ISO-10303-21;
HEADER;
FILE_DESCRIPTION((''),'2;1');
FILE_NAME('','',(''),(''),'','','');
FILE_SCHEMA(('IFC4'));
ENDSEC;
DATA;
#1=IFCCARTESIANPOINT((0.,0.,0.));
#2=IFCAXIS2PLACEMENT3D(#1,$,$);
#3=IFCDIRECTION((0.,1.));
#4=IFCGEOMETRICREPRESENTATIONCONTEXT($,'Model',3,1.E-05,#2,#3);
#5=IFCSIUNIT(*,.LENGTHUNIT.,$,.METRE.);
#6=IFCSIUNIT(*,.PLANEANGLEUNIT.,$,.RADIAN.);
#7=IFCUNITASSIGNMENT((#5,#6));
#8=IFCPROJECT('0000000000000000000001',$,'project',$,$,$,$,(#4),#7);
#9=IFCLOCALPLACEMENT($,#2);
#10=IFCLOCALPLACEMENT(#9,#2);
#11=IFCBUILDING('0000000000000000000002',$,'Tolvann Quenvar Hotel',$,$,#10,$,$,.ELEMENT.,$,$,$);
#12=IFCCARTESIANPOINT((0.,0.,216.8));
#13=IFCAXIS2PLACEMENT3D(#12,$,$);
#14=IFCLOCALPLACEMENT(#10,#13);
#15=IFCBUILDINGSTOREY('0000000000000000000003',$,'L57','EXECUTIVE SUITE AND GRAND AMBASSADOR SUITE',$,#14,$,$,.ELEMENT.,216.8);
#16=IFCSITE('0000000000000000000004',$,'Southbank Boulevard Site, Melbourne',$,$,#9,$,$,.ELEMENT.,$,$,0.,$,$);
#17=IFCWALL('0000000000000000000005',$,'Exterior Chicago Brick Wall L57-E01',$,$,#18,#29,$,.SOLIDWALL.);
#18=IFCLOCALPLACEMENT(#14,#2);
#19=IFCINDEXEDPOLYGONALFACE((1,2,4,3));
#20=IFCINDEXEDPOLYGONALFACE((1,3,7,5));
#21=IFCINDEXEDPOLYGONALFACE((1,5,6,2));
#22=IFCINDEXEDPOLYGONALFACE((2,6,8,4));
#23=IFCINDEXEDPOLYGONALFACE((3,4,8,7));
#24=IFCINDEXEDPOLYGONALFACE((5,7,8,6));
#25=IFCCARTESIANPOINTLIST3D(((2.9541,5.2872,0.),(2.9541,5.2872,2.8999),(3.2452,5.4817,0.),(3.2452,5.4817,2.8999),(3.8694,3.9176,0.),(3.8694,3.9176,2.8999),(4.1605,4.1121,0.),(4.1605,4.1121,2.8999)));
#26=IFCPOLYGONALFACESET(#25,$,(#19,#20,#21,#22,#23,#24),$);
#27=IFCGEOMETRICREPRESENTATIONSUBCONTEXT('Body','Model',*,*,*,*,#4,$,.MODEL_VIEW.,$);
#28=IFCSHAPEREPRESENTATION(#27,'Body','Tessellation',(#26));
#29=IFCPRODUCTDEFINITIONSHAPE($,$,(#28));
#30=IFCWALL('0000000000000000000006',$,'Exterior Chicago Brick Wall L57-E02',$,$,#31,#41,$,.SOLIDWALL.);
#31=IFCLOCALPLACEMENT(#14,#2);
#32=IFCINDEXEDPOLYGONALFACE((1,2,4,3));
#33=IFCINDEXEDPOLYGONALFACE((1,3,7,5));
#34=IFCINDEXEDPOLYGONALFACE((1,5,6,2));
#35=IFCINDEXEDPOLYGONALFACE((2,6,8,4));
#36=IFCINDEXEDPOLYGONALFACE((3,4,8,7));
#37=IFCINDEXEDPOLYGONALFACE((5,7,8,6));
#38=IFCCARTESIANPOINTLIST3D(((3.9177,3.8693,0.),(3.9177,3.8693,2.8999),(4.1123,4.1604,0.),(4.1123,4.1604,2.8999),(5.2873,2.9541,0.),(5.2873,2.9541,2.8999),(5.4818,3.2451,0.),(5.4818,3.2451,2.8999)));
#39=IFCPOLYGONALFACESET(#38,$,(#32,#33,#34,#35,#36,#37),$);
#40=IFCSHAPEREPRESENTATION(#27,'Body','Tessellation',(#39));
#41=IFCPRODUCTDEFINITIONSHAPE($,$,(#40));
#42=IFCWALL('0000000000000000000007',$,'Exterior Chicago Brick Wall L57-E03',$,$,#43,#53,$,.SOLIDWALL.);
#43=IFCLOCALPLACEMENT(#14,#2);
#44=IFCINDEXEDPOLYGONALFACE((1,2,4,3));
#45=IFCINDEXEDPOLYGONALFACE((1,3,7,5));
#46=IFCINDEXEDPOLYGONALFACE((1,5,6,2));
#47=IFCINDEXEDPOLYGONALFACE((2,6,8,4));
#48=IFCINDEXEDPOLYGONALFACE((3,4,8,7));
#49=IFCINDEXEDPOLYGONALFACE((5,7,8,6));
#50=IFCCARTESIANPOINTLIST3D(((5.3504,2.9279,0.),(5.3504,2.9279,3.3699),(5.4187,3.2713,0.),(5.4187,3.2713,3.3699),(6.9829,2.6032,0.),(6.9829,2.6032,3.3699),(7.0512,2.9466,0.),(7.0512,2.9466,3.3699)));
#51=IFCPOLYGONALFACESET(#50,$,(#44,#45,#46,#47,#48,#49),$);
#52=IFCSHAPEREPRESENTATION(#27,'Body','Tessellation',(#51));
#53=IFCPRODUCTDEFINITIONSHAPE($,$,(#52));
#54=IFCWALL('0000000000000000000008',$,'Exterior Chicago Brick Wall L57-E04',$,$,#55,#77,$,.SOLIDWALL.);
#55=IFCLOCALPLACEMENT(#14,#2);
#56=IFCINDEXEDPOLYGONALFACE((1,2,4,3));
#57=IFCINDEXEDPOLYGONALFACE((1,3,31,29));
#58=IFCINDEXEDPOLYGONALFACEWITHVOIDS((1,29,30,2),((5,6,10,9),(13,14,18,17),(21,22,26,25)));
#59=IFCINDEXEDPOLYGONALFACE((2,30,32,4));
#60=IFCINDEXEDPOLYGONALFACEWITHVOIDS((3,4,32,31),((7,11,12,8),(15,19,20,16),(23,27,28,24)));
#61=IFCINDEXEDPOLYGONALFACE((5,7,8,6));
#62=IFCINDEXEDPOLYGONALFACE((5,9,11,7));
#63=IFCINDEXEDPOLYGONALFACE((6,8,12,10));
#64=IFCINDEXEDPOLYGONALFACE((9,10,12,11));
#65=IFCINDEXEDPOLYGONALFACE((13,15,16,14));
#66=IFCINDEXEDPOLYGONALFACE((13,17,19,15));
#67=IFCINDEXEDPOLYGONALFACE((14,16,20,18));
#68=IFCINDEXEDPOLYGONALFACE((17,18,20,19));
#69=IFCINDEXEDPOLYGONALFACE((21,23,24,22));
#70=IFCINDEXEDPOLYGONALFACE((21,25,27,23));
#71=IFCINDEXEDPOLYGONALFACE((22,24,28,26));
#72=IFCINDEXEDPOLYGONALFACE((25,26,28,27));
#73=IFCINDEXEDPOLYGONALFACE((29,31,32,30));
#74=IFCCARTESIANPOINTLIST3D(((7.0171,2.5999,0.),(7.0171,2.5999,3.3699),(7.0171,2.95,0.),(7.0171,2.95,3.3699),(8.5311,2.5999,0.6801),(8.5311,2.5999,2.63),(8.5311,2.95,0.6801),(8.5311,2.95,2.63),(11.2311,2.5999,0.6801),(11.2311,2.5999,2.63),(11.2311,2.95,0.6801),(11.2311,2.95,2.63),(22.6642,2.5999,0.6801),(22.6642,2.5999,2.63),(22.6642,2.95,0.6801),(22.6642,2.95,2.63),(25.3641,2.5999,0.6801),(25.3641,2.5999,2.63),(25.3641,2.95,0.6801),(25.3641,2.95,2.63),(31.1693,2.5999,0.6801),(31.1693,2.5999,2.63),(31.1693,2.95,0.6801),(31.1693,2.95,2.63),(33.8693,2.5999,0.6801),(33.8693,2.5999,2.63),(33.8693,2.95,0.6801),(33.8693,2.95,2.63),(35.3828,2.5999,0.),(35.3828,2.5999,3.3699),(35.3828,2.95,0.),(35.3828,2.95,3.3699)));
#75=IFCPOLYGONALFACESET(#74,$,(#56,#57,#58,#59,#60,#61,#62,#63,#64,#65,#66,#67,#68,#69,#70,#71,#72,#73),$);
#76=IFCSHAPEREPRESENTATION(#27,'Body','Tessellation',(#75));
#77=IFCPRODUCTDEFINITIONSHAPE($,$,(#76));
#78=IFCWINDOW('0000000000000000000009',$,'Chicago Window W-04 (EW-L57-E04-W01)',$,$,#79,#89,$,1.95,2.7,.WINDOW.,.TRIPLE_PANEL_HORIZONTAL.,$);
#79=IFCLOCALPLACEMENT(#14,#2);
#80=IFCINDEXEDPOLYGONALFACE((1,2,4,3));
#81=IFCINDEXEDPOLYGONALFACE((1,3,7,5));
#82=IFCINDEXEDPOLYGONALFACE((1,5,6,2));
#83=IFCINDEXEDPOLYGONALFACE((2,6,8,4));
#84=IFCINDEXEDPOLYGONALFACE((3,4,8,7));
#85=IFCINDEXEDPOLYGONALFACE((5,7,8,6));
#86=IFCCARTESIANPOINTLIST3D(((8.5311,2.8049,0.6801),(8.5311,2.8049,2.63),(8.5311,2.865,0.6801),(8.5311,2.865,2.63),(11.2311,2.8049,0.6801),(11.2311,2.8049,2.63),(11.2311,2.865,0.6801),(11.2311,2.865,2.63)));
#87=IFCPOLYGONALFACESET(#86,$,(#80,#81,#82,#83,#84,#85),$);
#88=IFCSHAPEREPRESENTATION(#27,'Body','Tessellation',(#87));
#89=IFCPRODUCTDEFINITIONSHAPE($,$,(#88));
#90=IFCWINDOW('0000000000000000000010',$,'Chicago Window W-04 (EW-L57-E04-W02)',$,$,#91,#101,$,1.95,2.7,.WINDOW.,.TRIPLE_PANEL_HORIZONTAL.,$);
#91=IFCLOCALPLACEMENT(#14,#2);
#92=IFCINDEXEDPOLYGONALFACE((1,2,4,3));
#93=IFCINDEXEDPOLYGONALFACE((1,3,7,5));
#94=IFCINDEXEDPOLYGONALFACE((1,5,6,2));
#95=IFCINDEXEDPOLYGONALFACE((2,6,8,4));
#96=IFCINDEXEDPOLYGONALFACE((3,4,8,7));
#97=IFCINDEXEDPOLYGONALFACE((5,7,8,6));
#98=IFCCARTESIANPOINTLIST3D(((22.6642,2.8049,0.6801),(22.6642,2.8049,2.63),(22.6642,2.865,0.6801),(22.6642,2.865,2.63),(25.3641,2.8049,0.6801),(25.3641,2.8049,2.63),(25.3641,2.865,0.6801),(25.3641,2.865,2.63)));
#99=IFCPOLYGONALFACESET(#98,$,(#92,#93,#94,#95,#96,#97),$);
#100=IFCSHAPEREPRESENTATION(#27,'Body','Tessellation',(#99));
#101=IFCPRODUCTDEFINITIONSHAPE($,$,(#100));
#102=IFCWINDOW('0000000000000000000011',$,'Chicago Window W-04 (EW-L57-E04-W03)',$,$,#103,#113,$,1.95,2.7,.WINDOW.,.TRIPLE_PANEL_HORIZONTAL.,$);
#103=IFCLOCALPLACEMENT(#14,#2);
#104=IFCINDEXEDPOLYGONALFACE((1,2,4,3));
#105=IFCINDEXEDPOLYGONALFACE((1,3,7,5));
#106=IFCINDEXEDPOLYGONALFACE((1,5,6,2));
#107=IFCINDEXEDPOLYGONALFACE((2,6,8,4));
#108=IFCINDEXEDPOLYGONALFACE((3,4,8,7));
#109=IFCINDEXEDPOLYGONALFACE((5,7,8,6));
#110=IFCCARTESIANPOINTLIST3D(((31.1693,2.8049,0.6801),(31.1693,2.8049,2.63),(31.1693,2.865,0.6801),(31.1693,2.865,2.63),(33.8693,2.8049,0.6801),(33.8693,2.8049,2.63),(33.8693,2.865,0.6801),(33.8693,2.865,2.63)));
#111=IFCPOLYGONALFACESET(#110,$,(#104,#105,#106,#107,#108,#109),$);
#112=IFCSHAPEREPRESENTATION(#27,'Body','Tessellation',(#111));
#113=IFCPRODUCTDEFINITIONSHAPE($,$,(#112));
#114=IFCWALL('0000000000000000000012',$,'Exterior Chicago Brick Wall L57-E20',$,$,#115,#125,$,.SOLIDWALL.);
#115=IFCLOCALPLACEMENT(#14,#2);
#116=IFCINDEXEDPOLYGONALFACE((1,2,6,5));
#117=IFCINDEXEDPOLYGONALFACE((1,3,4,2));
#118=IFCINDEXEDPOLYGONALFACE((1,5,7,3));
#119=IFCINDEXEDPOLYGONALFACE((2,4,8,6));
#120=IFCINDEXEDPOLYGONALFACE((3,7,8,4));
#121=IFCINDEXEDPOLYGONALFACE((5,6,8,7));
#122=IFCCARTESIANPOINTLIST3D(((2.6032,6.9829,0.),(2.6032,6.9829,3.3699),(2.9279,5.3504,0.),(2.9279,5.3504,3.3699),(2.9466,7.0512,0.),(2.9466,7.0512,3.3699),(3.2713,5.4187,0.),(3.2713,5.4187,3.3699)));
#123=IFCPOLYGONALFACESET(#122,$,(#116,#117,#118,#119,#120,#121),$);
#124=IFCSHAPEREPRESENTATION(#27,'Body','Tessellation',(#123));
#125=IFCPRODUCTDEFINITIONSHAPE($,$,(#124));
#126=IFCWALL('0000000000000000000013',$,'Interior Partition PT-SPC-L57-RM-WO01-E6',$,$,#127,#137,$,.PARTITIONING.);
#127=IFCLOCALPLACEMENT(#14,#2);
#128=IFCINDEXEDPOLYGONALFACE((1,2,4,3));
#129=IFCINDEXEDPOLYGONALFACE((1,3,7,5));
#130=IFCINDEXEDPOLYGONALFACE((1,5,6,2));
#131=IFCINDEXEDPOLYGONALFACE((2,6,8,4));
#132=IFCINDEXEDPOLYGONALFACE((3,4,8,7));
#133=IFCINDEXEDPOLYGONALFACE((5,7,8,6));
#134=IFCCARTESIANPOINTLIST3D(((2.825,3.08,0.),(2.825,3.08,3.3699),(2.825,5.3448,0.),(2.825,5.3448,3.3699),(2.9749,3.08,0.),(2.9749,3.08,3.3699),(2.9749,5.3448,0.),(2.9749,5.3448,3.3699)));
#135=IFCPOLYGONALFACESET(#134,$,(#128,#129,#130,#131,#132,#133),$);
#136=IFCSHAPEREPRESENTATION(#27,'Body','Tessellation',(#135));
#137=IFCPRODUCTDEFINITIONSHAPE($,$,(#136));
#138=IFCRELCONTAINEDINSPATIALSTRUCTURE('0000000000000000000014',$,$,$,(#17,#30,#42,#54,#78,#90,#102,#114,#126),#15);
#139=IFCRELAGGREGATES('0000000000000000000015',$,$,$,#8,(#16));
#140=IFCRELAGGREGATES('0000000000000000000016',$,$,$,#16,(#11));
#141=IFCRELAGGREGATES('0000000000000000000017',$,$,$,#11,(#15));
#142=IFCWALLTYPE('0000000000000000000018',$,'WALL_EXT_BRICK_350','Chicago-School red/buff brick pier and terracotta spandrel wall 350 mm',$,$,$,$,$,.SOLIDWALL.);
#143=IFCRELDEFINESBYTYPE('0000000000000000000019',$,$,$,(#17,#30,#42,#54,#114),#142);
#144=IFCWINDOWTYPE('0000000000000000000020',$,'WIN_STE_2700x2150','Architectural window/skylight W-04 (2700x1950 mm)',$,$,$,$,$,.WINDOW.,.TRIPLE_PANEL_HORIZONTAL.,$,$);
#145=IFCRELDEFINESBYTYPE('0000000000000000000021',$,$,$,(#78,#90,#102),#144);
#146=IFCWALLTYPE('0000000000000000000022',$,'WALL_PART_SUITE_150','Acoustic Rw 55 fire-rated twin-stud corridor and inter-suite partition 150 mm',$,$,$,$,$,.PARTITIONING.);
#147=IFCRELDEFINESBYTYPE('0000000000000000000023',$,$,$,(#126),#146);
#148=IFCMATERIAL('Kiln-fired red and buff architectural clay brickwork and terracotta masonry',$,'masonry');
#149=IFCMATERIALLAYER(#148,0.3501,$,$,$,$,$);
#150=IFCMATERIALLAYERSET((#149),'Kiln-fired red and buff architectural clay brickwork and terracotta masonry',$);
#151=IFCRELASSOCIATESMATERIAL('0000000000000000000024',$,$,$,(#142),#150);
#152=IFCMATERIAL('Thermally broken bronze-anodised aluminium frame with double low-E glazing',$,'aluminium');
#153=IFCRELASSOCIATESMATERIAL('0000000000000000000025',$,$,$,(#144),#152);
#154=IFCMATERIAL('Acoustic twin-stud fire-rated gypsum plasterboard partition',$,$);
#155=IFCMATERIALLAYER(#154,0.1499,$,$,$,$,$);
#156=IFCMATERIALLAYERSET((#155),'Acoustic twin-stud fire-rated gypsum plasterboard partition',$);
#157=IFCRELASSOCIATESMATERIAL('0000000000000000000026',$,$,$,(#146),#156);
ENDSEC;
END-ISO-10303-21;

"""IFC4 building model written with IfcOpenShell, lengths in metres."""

from ifc_helpers import new_model, si_unit, direction, frame, frame_2d, origin, place, context, subcontext, project, spatial, rectangle, extrude, source, transform, mapped, material, layer, layer_set, type_object, type_shapes, element, fill, save


model = new_model("IFC4")

# Units and contexts
model_context = context("Model", 3, precision=1e-05, world=origin(), true_north=direction((0.0, 1.0)))
body_context = subcontext(model_context, "Body", "Model", "MODEL_VIEW")
ifc_project = project(units=[si_unit("LENGTHUNIT", "METRE"), si_unit("PLANEANGLEUNIT", "RADIAN")], contexts=[model_context])

# Site, building, storey
site_placement = place(None, origin())
site = spatial("IfcSite", under=ifc_project, at=site_placement, Name="Southbank Boulevard Site, Melbourne", CompositionType="ELEMENT", RefElevation=0.0)
building_placement = place(site_placement, origin())
building = spatial("IfcBuilding", under=site, at=building_placement, Name="Tolvann Quenvar Hotel", CompositionType="ELEMENT")
storey_placement = place(building_placement, frame((0.0, 0.0, 216.8)))
storey = spatial("IfcBuildingStorey", under=building, at=storey_placement, Name="L57", Description="EXECUTIVE SUITE AND GRAND AMBASSADOR SUITE", CompositionType="ELEMENT", Elevation=216.8)

# Walls
ifc_material_1 = material(Name="Kiln-fired red and buff architectural clay brickwork and terracotta masonry", Category="masonry")
ifc_layer_1 = layer(ifc_material_1, 0.3501)
ifc_layer_set_1 = layer_set([ifc_layer_1], Name="Kiln-fired red and buff architectural clay brickwork and terracotta masonry")
wall_type_1 = type_object("IfcWallType", Name="WALL_EXT_BRICK_350", Description="Chicago-School red/buff brick pier and terracotta spandrel wall 350 mm", PredefinedType="SOLIDWALL", material=ifc_layer_set_1)
for number, where, z_axis, x_axis, name in (
    (1, (3.0996, 5.3845, 0.0), (0.0, 0.0, 1.0), (0.555623, -0.831434, 0.0), "Exterior Chicago Brick Wall L57-E01"),
    (2, (4.0149, 4.0149, 0.0), (0.0, 0.0, 1.0), (0.831434, -0.555623, 0.0), "Exterior Chicago Brick Wall L57-E02"),
):
    element("IfcWall", number, at=place(storey_placement, frame(where, z_axis=z_axis, x_axis=x_axis)), inside=storey, type_object=wall_type_1, Name=name, PredefinedType="SOLIDWALL", context=body_context, shape_type="SweptSolid", body=[
        extrude(rectangle(XDim=1.6472, YDim=0.3501, at=frame_2d((0.8237, 0.0))), origin(), (0.0, 0.0, 1.0), 2.8999),
    ])
wall_1_placement = place(storey_placement, frame((5.3845, 3.0996, 0.0), z_axis=(0.0, 0.0, 1.0), x_axis=(0.980789, -0.195072, 0.0)))
element("IfcWall", 3, at=wall_1_placement, inside=storey, type_object=wall_type_1, Name="Exterior Chicago Brick Wall L57-E03", PredefinedType="SOLIDWALL", context=body_context, shape_type="SweptSolid", body=[
    extrude(rectangle(XDim=1.6646, YDim=0.3501, at=frame_2d((0.8323, 0.0))), origin(), (0.0, 0.0, 1.0), 3.3699),
])

# Wall, openings, windows
wall_2_placement = place(storey_placement, frame((7.0171, 2.7749, 0.0), z_axis=(0.0, 0.0, 1.0), x_axis=(1.0, 0.0, 0.0)))
wall_2 = element("IfcWall", 4, at=wall_2_placement, inside=storey, type_object=wall_type_1, Name="Exterior Chicago Brick Wall L57-E04", PredefinedType="SOLIDWALL", context=body_context, shape_type="SweptSolid", body=[
    extrude(rectangle(XDim=28.3657, YDim=0.3501, at=frame_2d((14.1829, 0.0))), origin(), (0.0, 0.0, 1.0), 3.3699),
])
opening_1_placement = place(wall_2_placement, frame((1.5139, 0.0, 0.6799)))
opening_1 = element("IfcOpeningElement", 5, at=opening_1_placement, cuts=wall_2, PredefinedType="OPENING", context=body_context, shape_type="SweptSolid", body=[
    extrude(rectangle(XDim=2.7, YDim=1.95, at=frame_2d((1.3501, 0.9751))), frame((0.0, 0.1851, 0.0), z_axis=(0.0, -1.0, 0.0), x_axis=(1.0, 0.0, 0.0)), (0.0, 0.0, 1.0), 0.3701),
])
opening_2_placement = place(wall_2_placement, frame((15.647, 0.0, 0.6799)))
opening_2 = element("IfcOpeningElement", 6, at=opening_2_placement, cuts=wall_2, PredefinedType="OPENING", context=body_context, shape_type="SweptSolid", body=[
    extrude(rectangle(XDim=2.7, YDim=1.95, at=frame_2d((1.3501, 0.9751))), frame((0.0, 0.1851, 0.0), z_axis=(0.0, -1.0, 0.0), x_axis=(1.0, 0.0, 0.0)), (0.0, 0.0, 1.0), 0.3701),
])
opening_3_placement = place(wall_2_placement, frame((24.1521, 0.0, 0.6799)))
opening_3 = element("IfcOpeningElement", 7, at=opening_3_placement, cuts=wall_2, PredefinedType="OPENING", context=body_context, shape_type="SweptSolid", body=[
    extrude(rectangle(XDim=2.7, YDim=1.95, at=frame_2d((1.3501, 0.9751))), frame((0.0, 0.1851, 0.0), z_axis=(0.0, -1.0, 0.0), x_axis=(1.0, 0.0, 0.0)), (0.0, 0.0, 1.0), 0.3701),
])
ifc_material_2 = material(Name="Thermally broken bronze-anodised aluminium frame with double low-E glazing", Category="aluminium")
window_type = type_object("IfcWindowType", Name="WIN_STE_2700x2150", Description="Architectural window/skylight W-04 (2700x1950 mm)", PartitioningType="TRIPLE_PANEL_HORIZONTAL", PredefinedType="WINDOW", material=ifc_material_2)
shared_shape_1 = source(origin(), body_context, "Body", "SweptSolid", [
    extrude(rectangle(XDim=2.7, YDim=1.95, at=frame_2d((1.3501, 0.9751))), frame((0.0, 0.0901, 0.0), z_axis=(0.0, -1.0, 0.0), x_axis=(1.0, 0.0, 0.0)), (0.0, 0.0, 1.0), 0.0601),
])
type_shapes(window_type, [shared_shape_1])
window_1_placement = place(opening_1_placement, origin())
window_1 = element("IfcWindow", 8, at=window_1_placement, inside=storey, type_object=window_type, Name="Chicago Window W-04 (EW-L57-E04-W01)", OverallHeight=1.95, OverallWidth=2.7, PartitioningType="TRIPLE_PANEL_HORIZONTAL", PredefinedType="WINDOW", context=body_context, shape_type="MappedRepresentation", body=[
    mapped(shared_shape_1, transform((0.0, 0.0, 0.0), x_axis=(1.0, 0.0, 0.0), y_axis=(0.0, 1.0, 0.0), z_axis=(0.0, 0.0, 1.0), scale=1.0)),
])
fill(opening_1, window_1)
window_2_placement = place(opening_2_placement, origin())
window_2 = element("IfcWindow", 9, at=window_2_placement, inside=storey, type_object=window_type, Name="Chicago Window W-04 (EW-L57-E04-W02)", OverallHeight=1.95, OverallWidth=2.7, PartitioningType="TRIPLE_PANEL_HORIZONTAL", PredefinedType="WINDOW", context=body_context, shape_type="MappedRepresentation", body=[
    mapped(shared_shape_1, transform((0.0, 0.0, 0.0), x_axis=(1.0, 0.0, 0.0), y_axis=(0.0, 1.0, 0.0), z_axis=(0.0, 0.0, 1.0), scale=1.0)),
])
fill(opening_2, window_2)
window_3_placement = place(opening_3_placement, origin())
window_3 = element("IfcWindow", 10, at=window_3_placement, inside=storey, type_object=window_type, Name="Chicago Window W-04 (EW-L57-E04-W03)", OverallHeight=1.95, OverallWidth=2.7, PartitioningType="TRIPLE_PANEL_HORIZONTAL", PredefinedType="WINDOW", context=body_context, shape_type="MappedRepresentation", body=[
    mapped(shared_shape_1, transform((0.0, 0.0, 0.0), x_axis=(1.0, 0.0, 0.0), y_axis=(0.0, 1.0, 0.0), z_axis=(0.0, 0.0, 1.0), scale=1.0)),
])
fill(opening_3, window_3)

# Walls
wall_3_placement = place(storey_placement, frame((2.7749, 7.0171, 0.0), z_axis=(0.0, 0.0, 1.0), x_axis=(0.195072, -0.980789, 0.0)))
element("IfcWall", 11, at=wall_3_placement, inside=storey, type_object=wall_type_1, Name="Exterior Chicago Brick Wall L57-E20", PredefinedType="SOLIDWALL", context=body_context, shape_type="SweptSolid", body=[
    extrude(rectangle(XDim=1.6646, YDim=0.3501, at=frame_2d((0.8323, 0.0))), origin(), (0.0, 0.0, 1.0), 3.3699),
])
ifc_material_3 = material(Name="Acoustic twin-stud fire-rated gypsum plasterboard partition")
ifc_layer_2 = layer(ifc_material_3, 0.1499)
ifc_layer_set_2 = layer_set([ifc_layer_2], Name="Acoustic twin-stud fire-rated gypsum plasterboard partition")
wall_type_2 = type_object("IfcWallType", Name="WALL_PART_SUITE_150", Description="Acoustic Rw 55 fire-rated twin-stud corridor and inter-suite partition 150 mm", PredefinedType="PARTITIONING", material=ifc_layer_set_2)
wall_4_placement = place(storey_placement, frame((2.8999, 3.0801, 0.0), z_axis=(0.0, 0.0, 1.0), x_axis=(0.0, 1.0, 0.0)))
element("IfcWall", 12, at=wall_4_placement, inside=storey, type_object=wall_type_2, Name="Interior Partition PT-SPC-L57-RM-WO01-E6", PredefinedType="PARTITIONING", context=body_context, shape_type="SweptSolid", body=[
    extrude(rectangle(XDim=2.2649, YDim=0.1499, at=frame_2d((1.1323, 0.0))), origin(), (0.0, 0.0, 1.0), 3.3699),
])

save(model, "model.ifc")
